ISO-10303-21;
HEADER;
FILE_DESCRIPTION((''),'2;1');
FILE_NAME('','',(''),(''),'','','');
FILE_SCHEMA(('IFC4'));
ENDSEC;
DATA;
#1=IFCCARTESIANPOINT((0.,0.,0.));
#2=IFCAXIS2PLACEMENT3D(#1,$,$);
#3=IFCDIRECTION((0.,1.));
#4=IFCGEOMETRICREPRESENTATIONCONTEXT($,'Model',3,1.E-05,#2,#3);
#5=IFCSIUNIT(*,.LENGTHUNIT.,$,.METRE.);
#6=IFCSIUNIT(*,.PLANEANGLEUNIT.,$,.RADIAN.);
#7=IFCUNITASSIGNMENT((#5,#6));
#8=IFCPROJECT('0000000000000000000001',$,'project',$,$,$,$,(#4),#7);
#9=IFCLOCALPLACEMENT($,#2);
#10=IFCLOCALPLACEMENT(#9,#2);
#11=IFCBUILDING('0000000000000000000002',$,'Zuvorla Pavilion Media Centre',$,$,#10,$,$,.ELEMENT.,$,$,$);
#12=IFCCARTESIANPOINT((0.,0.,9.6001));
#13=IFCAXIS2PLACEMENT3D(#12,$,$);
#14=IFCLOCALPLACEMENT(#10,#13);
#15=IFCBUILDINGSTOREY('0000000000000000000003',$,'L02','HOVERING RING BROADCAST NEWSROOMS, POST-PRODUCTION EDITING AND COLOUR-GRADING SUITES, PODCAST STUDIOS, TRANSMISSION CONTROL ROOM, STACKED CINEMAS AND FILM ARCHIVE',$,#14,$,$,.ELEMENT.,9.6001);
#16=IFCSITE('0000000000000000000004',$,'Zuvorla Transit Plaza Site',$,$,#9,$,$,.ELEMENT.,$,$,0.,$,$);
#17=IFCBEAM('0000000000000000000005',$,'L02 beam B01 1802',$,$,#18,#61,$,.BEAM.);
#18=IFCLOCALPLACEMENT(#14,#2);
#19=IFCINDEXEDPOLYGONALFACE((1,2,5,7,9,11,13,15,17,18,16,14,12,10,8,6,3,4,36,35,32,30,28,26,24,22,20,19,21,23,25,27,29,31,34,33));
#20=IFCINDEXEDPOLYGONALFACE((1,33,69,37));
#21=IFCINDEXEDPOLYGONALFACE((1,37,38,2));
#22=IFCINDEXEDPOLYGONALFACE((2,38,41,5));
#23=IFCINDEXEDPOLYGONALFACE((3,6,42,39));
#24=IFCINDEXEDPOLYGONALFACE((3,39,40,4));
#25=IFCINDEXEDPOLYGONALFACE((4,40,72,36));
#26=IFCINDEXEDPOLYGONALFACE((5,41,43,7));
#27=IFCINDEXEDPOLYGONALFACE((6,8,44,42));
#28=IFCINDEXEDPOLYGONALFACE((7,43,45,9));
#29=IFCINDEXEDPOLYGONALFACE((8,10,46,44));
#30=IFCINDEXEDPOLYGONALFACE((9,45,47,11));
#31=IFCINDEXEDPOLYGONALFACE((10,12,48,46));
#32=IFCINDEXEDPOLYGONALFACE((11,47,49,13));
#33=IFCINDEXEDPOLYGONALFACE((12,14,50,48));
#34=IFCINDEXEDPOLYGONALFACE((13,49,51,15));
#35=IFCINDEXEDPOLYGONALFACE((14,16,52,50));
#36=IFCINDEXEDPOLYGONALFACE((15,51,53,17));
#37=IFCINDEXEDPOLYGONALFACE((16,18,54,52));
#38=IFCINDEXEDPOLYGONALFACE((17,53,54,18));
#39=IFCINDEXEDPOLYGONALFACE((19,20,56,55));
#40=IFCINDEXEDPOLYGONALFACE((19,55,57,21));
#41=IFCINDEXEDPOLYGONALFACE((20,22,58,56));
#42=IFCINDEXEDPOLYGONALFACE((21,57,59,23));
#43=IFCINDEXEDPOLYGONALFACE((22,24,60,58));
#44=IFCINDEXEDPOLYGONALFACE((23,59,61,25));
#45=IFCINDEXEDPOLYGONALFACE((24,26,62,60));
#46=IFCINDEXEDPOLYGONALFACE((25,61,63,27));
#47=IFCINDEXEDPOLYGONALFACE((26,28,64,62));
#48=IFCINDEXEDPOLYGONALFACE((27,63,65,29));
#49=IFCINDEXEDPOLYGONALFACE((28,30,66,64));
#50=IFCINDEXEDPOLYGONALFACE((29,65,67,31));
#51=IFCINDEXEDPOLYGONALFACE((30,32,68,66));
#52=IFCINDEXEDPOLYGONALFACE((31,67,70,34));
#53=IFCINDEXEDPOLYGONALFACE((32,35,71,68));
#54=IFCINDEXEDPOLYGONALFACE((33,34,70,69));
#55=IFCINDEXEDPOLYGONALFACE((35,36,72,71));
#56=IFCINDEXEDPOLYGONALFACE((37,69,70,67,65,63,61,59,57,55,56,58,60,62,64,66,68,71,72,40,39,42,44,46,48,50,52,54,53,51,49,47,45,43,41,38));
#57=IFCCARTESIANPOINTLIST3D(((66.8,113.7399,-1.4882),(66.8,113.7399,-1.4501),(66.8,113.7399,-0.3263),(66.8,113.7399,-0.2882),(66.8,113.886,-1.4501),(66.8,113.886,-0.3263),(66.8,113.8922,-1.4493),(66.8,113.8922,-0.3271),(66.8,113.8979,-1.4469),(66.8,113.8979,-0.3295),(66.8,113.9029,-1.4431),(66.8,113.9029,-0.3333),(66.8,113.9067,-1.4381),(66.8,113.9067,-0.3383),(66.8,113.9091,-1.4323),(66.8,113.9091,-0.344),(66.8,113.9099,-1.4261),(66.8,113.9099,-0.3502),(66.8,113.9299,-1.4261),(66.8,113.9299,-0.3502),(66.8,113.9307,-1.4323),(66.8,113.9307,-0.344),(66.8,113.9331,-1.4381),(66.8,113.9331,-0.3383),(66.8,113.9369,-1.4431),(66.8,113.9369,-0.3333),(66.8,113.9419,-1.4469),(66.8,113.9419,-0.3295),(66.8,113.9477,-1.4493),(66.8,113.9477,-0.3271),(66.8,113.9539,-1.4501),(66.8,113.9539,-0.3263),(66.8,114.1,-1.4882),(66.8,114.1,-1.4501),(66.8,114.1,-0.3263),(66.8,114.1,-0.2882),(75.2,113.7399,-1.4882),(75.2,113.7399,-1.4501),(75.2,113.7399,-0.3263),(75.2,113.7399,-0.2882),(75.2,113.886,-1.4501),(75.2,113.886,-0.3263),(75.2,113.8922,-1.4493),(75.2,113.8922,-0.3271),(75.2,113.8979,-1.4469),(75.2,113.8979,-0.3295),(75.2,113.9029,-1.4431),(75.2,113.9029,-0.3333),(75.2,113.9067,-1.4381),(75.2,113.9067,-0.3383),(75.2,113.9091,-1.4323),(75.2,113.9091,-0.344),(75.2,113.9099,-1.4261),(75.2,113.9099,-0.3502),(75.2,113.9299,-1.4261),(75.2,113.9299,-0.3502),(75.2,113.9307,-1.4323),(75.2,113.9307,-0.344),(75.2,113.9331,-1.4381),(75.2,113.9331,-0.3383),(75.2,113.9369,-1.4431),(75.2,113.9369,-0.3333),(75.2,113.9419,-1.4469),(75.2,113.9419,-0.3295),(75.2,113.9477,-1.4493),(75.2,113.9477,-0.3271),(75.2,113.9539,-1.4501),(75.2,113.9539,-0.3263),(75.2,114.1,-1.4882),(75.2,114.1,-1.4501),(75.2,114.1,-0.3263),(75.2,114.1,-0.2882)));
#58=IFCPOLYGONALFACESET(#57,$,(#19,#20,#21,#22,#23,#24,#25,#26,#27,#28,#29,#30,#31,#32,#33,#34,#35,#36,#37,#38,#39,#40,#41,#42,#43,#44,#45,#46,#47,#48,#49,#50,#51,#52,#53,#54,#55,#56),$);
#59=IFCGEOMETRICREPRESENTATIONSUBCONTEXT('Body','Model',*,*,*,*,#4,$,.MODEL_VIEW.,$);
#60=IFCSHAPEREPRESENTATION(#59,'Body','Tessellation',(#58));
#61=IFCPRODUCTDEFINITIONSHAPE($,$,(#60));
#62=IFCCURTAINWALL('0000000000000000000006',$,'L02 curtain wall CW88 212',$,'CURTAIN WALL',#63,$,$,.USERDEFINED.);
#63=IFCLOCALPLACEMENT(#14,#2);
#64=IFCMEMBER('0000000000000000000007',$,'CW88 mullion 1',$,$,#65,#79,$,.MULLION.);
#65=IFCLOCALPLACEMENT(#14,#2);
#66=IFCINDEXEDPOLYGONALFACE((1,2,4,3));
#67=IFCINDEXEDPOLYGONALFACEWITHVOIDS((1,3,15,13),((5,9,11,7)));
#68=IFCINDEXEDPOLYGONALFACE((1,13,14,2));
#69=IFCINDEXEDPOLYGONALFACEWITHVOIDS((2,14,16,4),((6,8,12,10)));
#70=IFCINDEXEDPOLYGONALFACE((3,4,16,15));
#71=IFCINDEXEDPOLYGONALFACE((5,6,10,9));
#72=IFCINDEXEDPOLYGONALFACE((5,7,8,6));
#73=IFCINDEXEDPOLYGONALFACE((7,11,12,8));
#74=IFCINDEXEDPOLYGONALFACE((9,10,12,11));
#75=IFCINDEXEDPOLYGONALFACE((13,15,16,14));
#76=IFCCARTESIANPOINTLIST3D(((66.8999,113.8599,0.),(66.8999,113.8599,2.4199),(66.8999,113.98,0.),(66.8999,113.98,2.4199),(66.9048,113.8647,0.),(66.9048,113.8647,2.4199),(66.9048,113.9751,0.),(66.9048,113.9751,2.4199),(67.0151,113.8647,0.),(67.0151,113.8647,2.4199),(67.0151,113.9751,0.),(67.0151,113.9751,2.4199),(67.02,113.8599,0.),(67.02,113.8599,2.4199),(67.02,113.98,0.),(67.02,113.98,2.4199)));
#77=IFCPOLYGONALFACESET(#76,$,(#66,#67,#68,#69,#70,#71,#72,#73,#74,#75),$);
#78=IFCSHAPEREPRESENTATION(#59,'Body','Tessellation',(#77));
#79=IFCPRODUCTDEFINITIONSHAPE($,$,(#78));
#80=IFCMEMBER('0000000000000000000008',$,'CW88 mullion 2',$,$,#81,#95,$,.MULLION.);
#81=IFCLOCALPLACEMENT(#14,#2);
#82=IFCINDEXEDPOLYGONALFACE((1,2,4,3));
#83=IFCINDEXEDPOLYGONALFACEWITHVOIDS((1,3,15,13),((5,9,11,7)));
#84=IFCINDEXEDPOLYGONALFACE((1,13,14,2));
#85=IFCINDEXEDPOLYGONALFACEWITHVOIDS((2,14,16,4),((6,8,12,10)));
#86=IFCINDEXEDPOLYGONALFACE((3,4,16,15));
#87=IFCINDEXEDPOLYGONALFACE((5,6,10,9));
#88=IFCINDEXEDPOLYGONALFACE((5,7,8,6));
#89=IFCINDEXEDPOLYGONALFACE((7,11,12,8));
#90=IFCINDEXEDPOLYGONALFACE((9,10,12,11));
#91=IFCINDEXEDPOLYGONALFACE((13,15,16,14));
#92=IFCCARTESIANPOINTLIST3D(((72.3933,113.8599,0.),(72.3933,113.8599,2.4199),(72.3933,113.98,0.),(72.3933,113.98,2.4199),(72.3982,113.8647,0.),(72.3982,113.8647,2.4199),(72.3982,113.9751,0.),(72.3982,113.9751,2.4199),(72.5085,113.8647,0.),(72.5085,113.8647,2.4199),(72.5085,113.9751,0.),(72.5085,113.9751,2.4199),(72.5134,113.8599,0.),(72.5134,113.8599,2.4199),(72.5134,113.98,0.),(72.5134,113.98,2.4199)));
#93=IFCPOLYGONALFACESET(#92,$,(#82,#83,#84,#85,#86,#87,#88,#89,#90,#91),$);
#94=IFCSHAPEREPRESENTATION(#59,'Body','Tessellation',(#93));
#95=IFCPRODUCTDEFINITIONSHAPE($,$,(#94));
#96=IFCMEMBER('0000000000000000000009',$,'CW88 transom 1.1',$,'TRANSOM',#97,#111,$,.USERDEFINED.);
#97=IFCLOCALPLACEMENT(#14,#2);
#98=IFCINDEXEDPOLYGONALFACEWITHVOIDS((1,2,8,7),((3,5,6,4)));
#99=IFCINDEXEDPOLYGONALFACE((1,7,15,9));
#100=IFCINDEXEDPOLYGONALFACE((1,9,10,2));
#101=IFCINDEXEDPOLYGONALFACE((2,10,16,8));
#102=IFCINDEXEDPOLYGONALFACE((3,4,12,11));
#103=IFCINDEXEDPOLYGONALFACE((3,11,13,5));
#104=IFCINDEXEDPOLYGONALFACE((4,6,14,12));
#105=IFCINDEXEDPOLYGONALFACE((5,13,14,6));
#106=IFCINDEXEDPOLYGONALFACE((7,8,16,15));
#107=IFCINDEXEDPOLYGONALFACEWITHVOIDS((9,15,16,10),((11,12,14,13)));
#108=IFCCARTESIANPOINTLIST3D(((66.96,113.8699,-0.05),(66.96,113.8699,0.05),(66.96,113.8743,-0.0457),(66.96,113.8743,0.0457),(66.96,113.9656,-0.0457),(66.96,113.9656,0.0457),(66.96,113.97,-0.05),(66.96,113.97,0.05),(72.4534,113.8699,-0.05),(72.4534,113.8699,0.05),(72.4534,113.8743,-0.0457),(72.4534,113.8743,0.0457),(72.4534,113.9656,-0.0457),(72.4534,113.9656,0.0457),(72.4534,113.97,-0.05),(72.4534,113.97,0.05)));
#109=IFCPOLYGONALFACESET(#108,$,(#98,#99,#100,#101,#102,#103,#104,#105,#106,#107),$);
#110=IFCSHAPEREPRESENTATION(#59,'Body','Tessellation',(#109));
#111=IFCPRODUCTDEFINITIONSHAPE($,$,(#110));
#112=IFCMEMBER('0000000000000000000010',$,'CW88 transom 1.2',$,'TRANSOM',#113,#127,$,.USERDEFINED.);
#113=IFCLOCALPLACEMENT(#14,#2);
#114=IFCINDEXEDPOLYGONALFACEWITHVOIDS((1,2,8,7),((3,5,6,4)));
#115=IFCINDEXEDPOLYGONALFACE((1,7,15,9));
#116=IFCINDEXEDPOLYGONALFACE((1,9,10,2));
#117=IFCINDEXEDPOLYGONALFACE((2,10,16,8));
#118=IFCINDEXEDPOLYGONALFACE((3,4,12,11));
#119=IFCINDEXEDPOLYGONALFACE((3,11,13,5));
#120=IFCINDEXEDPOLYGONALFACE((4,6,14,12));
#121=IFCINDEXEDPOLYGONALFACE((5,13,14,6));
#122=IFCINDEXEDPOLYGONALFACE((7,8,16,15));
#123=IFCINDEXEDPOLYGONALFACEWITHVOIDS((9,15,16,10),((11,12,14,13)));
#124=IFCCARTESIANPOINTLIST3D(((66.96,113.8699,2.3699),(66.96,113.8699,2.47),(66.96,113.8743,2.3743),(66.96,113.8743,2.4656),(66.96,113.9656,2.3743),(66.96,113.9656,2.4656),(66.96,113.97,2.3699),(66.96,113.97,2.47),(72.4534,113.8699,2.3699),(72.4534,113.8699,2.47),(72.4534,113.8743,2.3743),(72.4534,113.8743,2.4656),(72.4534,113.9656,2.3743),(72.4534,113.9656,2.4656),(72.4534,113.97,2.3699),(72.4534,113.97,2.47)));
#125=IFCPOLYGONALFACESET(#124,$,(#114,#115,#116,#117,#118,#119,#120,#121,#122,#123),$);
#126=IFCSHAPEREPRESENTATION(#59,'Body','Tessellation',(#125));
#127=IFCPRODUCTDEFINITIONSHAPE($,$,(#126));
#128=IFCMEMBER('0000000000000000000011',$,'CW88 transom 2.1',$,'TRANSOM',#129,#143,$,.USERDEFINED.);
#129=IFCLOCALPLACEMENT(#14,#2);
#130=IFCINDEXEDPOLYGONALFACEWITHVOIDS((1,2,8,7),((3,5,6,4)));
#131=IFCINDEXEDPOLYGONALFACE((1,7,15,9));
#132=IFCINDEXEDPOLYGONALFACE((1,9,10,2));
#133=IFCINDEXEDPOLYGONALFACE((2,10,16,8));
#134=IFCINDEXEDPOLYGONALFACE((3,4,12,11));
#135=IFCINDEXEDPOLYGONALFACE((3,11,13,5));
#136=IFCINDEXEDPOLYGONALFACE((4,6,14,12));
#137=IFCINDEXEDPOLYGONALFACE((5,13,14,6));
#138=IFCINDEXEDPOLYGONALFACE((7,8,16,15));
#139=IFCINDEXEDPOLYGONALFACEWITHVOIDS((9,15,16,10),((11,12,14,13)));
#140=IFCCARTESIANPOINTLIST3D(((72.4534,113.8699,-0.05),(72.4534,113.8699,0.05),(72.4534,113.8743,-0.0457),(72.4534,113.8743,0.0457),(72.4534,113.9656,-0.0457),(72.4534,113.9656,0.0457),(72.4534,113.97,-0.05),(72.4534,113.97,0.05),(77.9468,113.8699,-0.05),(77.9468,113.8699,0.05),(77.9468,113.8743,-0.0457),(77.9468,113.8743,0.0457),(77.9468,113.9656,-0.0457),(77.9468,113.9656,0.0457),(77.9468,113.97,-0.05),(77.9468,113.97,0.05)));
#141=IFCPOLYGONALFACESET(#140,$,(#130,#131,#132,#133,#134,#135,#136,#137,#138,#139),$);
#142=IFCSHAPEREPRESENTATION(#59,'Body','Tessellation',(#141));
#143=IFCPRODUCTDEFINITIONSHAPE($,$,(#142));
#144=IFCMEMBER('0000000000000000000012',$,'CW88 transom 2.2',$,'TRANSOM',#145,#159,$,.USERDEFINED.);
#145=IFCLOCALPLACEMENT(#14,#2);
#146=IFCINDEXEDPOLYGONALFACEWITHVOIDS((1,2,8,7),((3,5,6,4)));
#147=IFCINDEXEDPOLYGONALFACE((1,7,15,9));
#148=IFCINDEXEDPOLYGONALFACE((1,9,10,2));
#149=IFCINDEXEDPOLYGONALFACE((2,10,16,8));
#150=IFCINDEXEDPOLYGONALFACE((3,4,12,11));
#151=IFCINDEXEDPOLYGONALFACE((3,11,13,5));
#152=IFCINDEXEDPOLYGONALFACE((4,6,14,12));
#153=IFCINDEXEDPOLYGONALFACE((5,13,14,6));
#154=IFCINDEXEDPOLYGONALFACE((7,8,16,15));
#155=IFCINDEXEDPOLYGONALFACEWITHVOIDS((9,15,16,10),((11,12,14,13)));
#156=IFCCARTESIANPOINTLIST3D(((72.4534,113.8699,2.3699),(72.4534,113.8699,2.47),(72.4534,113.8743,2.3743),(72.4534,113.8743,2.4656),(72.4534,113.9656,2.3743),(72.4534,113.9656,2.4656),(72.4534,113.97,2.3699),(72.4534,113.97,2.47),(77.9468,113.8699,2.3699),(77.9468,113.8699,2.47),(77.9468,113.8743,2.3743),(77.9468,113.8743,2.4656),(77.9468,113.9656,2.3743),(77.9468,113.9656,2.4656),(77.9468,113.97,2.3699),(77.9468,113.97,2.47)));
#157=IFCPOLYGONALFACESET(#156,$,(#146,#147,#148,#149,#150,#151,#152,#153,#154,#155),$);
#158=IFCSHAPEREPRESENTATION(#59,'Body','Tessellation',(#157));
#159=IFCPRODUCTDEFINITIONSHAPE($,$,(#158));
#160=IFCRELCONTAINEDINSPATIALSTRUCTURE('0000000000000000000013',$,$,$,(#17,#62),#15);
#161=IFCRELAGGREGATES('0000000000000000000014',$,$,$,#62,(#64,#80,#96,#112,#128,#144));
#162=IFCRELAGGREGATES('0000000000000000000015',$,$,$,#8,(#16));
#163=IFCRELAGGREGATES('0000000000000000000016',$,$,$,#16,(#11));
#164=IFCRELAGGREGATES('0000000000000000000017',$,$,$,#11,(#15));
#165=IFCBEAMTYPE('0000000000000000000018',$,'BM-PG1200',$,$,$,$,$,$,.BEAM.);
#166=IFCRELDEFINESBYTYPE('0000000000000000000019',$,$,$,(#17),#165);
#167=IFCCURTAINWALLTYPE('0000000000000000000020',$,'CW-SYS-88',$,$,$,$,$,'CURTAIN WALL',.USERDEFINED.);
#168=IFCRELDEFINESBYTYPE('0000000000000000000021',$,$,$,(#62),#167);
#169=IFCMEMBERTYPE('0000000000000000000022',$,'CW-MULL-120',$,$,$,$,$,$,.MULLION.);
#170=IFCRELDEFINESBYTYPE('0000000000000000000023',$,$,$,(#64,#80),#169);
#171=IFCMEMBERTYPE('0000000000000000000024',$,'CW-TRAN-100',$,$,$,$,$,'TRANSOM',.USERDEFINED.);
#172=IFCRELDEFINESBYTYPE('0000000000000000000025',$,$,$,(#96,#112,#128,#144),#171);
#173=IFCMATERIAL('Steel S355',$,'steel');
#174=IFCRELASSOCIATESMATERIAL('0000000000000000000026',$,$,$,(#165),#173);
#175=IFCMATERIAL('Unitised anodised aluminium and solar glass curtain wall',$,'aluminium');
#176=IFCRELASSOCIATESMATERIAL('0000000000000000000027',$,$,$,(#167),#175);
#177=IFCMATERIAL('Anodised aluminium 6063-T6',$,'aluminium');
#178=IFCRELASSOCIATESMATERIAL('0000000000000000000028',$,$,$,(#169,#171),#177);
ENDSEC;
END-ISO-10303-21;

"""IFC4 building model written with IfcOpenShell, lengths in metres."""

from ifc_helpers import new_model, si_unit, direction, frame, origin, origin_2d, place, context, subcontext, project, spatial, hollow_rectangle, i_section, extrude, material, material_profile, profile_set, type_object, element, aggregate, save


model = new_model("IFC4")

# Units and contexts
model_context = context("Model", 3, precision=1e-05, world=origin(), true_north=direction((0.0, 1.0)))
body_context = subcontext(model_context, "Body", "Model", "MODEL_VIEW")
ifc_project = project(units=[si_unit("LENGTHUNIT", "METRE"), si_unit("PLANEANGLEUNIT", "RADIAN")], contexts=[model_context])

# Site, building, storey
site_placement = place(None, origin())
site = spatial("IfcSite", under=ifc_project, at=site_placement, Name="Zuvorla Transit Plaza Site", CompositionType="ELEMENT", RefElevation=0.0)
building_placement = place(site_placement, origin())
building = spatial("IfcBuilding", under=site, at=building_placement, Name="Zuvorla Pavilion Media Centre", CompositionType="ELEMENT")
storey_placement = place(building_placement, frame((0.0, 0.0, 9.6001)))
storey = spatial("IfcBuildingStorey", under=building, at=storey_placement, Name="L02", Description="HOVERING RING BROADCAST NEWSROOMS, POST-PRODUCTION EDITING AND COLOUR-GRADING SUITES, PODCAST STUDIOS, TRANSMISSION CONTROL ROOM, STACKED CINEMAS AND FILM ARCHIVE", CompositionType="ELEMENT", Elevation=9.6001)

# Beam
ifc_material_1 = material(Name="Steel S355", Category="steel")
ifc_material_profile_1 = material_profile(ifc_material_1, i_section(OverallWidth=0.3601, OverallDepth=1.2, WebThickness=0.02, FlangeThickness=0.0381, FilletRadius=0.0239, at=origin_2d()), Name="PG 1200x360x38")
ifc_profile_set_1 = profile_set([ifc_material_profile_1], Name="Steel S355")
beam_type = type_object("IfcBeamType", Name="BM-PG1200", PredefinedType="BEAM", material=ifc_profile_set_1)
beam_placement = place(storey_placement, frame((66.8, 113.9199, -0.8882), z_axis=(1.0, 0.0, 0.0), x_axis=(0.0, 1.0, 0.0)))
element("IfcBeam", 1, at=beam_placement, inside=storey, type_object=beam_type, Name="L02 beam B01 1802", PredefinedType="BEAM", context=body_context, shape_type="SweptSolid", body=[
    extrude(i_section(OverallWidth=0.3601, OverallDepth=1.2, WebThickness=0.02, FlangeThickness=0.0381, FilletRadius=0.0239, at=origin_2d()), origin(), (0.0, 0.0, 1.0), 8.3999),
])

# Curtain wall, members
ifc_material_2 = material(Name="Unitised anodised aluminium and solar glass curtain wall", Category="aluminium")
curtain_wall_type = type_object("IfcCurtainWallType", Name="CW-SYS-88", ElementType="CURTAIN WALL", PredefinedType="USERDEFINED", material=ifc_material_2)
curtain_wall_placement = place(storey_placement, origin())
curtain_wall = element("IfcCurtainWall", 2, at=curtain_wall_placement, inside=storey, type_object=curtain_wall_type, Name="L02 curtain wall CW88 212", ObjectType="CURTAIN WALL", PredefinedType="USERDEFINED")
ifc_material_3 = material(Name="Anodised aluminium 6063-T6", Category="aluminium")
ifc_material_profile_2 = material_profile(ifc_material_3, hollow_rectangle(XDim=0.1201, YDim=0.1201, WallThickness=0.0049, at=origin_2d()), Name="ALU MULL 120x120")
ifc_profile_set_2 = profile_set([ifc_material_profile_2], Name="Anodised aluminium 6063-T6")
member_type_1 = type_object("IfcMemberType", Name="CW-MULL-120", PredefinedType="MULLION", material=ifc_profile_set_2)
member_1_placement = place(storey_placement, frame((66.96, 113.9199, 0.0), z_axis=(0.0, 0.0, 1.0), x_axis=(1.0, 0.0, 0.0)))
member_1 = element("IfcMember", 3, at=member_1_placement, type_object=member_type_1, Name="CW88 mullion 1", PredefinedType="MULLION", context=body_context, shape_type="SweptSolid", body=[
    extrude(hollow_rectangle(XDim=0.1201, YDim=0.1201, WallThickness=0.0049, at=origin_2d()), origin(), (0.0, 0.0, 1.0), 2.4199),
])
member_2_placement = place(storey_placement, frame((72.4534, 113.9199, 0.0), z_axis=(0.0, 0.0, 1.0), x_axis=(1.0, 0.0, 0.0)))
member_2 = element("IfcMember", 4, at=member_2_placement, type_object=member_type_1, Name="CW88 mullion 2", PredefinedType="MULLION", context=body_context, shape_type="SweptSolid", body=[
    extrude(hollow_rectangle(XDim=0.1201, YDim=0.1201, WallThickness=0.0049, at=origin_2d()), origin(), (0.0, 0.0, 1.0), 2.4199),
])
ifc_material_profile_3 = material_profile(ifc_material_3, hollow_rectangle(XDim=0.1001, YDim=0.1001, WallThickness=0.0044, at=origin_2d()), Name="ALU TRAN 100x100")
ifc_profile_set_3 = profile_set([ifc_material_profile_3], Name="Anodised aluminium 6063-T6")
member_type_2 = type_object("IfcMemberType", Name="CW-TRAN-100", ElementType="TRANSOM", PredefinedType="USERDEFINED", material=ifc_profile_set_3)
member_3_placement = place(storey_placement, frame((66.96, 113.9199, 0.0), z_axis=(1.0, 0.0, 0.0), x_axis=(0.0, 1.0, 0.0)))
member_3 = element("IfcMember", 5, at=member_3_placement, type_object=member_type_2, Name="CW88 transom 1.1", ObjectType="TRANSOM", PredefinedType="USERDEFINED", context=body_context, shape_type="SweptSolid", body=[
    extrude(hollow_rectangle(XDim=0.1001, YDim=0.1001, WallThickness=0.0044, at=origin_2d()), origin(), (0.0, 0.0, 1.0), 5.4934),
])
member_4_placement = place(storey_placement, frame((66.96, 113.9199, 2.4199), z_axis=(1.0, 0.0, 0.0), x_axis=(0.0, 1.0, 0.0)))
member_4 = element("IfcMember", 6, at=member_4_placement, type_object=member_type_2, Name="CW88 transom 1.2", ObjectType="TRANSOM", PredefinedType="USERDEFINED", context=body_context, shape_type="SweptSolid", body=[
    extrude(hollow_rectangle(XDim=0.1001, YDim=0.1001, WallThickness=0.0044, at=origin_2d()), origin(), (0.0, 0.0, 1.0), 5.4934),
])
member_5_placement = place(storey_placement, frame((72.4534, 113.9199, 0.0), z_axis=(1.0, 0.0, 0.0), x_axis=(0.0, 1.0, 0.0)))
member_5 = element("IfcMember", 7, at=member_5_placement, type_object=member_type_2, Name="CW88 transom 2.1", ObjectType="TRANSOM", PredefinedType="USERDEFINED", context=body_context, shape_type="SweptSolid", body=[
    extrude(hollow_rectangle(XDim=0.1001, YDim=0.1001, WallThickness=0.0044, at=origin_2d()), origin(), (0.0, 0.0, 1.0), 5.4934),
])
member_6_placement = place(storey_placement, frame((72.4534, 113.9199, 2.4199), z_axis=(1.0, 0.0, 0.0), x_axis=(0.0, 1.0, 0.0)))
member_6 = element("IfcMember", 8, at=member_6_placement, type_object=member_type_2, Name="CW88 transom 2.2", ObjectType="TRANSOM", PredefinedType="USERDEFINED", context=body_context, shape_type="SweptSolid", body=[
    extrude(hollow_rectangle(XDim=0.1001, YDim=0.1001, WallThickness=0.0044, at=origin_2d()), origin(), (0.0, 0.0, 1.0), 5.4934),
])

aggregate(curtain_wall, [member_1, member_2, member_3, member_4, member_5, member_6])

save(model, "model.ifc")
